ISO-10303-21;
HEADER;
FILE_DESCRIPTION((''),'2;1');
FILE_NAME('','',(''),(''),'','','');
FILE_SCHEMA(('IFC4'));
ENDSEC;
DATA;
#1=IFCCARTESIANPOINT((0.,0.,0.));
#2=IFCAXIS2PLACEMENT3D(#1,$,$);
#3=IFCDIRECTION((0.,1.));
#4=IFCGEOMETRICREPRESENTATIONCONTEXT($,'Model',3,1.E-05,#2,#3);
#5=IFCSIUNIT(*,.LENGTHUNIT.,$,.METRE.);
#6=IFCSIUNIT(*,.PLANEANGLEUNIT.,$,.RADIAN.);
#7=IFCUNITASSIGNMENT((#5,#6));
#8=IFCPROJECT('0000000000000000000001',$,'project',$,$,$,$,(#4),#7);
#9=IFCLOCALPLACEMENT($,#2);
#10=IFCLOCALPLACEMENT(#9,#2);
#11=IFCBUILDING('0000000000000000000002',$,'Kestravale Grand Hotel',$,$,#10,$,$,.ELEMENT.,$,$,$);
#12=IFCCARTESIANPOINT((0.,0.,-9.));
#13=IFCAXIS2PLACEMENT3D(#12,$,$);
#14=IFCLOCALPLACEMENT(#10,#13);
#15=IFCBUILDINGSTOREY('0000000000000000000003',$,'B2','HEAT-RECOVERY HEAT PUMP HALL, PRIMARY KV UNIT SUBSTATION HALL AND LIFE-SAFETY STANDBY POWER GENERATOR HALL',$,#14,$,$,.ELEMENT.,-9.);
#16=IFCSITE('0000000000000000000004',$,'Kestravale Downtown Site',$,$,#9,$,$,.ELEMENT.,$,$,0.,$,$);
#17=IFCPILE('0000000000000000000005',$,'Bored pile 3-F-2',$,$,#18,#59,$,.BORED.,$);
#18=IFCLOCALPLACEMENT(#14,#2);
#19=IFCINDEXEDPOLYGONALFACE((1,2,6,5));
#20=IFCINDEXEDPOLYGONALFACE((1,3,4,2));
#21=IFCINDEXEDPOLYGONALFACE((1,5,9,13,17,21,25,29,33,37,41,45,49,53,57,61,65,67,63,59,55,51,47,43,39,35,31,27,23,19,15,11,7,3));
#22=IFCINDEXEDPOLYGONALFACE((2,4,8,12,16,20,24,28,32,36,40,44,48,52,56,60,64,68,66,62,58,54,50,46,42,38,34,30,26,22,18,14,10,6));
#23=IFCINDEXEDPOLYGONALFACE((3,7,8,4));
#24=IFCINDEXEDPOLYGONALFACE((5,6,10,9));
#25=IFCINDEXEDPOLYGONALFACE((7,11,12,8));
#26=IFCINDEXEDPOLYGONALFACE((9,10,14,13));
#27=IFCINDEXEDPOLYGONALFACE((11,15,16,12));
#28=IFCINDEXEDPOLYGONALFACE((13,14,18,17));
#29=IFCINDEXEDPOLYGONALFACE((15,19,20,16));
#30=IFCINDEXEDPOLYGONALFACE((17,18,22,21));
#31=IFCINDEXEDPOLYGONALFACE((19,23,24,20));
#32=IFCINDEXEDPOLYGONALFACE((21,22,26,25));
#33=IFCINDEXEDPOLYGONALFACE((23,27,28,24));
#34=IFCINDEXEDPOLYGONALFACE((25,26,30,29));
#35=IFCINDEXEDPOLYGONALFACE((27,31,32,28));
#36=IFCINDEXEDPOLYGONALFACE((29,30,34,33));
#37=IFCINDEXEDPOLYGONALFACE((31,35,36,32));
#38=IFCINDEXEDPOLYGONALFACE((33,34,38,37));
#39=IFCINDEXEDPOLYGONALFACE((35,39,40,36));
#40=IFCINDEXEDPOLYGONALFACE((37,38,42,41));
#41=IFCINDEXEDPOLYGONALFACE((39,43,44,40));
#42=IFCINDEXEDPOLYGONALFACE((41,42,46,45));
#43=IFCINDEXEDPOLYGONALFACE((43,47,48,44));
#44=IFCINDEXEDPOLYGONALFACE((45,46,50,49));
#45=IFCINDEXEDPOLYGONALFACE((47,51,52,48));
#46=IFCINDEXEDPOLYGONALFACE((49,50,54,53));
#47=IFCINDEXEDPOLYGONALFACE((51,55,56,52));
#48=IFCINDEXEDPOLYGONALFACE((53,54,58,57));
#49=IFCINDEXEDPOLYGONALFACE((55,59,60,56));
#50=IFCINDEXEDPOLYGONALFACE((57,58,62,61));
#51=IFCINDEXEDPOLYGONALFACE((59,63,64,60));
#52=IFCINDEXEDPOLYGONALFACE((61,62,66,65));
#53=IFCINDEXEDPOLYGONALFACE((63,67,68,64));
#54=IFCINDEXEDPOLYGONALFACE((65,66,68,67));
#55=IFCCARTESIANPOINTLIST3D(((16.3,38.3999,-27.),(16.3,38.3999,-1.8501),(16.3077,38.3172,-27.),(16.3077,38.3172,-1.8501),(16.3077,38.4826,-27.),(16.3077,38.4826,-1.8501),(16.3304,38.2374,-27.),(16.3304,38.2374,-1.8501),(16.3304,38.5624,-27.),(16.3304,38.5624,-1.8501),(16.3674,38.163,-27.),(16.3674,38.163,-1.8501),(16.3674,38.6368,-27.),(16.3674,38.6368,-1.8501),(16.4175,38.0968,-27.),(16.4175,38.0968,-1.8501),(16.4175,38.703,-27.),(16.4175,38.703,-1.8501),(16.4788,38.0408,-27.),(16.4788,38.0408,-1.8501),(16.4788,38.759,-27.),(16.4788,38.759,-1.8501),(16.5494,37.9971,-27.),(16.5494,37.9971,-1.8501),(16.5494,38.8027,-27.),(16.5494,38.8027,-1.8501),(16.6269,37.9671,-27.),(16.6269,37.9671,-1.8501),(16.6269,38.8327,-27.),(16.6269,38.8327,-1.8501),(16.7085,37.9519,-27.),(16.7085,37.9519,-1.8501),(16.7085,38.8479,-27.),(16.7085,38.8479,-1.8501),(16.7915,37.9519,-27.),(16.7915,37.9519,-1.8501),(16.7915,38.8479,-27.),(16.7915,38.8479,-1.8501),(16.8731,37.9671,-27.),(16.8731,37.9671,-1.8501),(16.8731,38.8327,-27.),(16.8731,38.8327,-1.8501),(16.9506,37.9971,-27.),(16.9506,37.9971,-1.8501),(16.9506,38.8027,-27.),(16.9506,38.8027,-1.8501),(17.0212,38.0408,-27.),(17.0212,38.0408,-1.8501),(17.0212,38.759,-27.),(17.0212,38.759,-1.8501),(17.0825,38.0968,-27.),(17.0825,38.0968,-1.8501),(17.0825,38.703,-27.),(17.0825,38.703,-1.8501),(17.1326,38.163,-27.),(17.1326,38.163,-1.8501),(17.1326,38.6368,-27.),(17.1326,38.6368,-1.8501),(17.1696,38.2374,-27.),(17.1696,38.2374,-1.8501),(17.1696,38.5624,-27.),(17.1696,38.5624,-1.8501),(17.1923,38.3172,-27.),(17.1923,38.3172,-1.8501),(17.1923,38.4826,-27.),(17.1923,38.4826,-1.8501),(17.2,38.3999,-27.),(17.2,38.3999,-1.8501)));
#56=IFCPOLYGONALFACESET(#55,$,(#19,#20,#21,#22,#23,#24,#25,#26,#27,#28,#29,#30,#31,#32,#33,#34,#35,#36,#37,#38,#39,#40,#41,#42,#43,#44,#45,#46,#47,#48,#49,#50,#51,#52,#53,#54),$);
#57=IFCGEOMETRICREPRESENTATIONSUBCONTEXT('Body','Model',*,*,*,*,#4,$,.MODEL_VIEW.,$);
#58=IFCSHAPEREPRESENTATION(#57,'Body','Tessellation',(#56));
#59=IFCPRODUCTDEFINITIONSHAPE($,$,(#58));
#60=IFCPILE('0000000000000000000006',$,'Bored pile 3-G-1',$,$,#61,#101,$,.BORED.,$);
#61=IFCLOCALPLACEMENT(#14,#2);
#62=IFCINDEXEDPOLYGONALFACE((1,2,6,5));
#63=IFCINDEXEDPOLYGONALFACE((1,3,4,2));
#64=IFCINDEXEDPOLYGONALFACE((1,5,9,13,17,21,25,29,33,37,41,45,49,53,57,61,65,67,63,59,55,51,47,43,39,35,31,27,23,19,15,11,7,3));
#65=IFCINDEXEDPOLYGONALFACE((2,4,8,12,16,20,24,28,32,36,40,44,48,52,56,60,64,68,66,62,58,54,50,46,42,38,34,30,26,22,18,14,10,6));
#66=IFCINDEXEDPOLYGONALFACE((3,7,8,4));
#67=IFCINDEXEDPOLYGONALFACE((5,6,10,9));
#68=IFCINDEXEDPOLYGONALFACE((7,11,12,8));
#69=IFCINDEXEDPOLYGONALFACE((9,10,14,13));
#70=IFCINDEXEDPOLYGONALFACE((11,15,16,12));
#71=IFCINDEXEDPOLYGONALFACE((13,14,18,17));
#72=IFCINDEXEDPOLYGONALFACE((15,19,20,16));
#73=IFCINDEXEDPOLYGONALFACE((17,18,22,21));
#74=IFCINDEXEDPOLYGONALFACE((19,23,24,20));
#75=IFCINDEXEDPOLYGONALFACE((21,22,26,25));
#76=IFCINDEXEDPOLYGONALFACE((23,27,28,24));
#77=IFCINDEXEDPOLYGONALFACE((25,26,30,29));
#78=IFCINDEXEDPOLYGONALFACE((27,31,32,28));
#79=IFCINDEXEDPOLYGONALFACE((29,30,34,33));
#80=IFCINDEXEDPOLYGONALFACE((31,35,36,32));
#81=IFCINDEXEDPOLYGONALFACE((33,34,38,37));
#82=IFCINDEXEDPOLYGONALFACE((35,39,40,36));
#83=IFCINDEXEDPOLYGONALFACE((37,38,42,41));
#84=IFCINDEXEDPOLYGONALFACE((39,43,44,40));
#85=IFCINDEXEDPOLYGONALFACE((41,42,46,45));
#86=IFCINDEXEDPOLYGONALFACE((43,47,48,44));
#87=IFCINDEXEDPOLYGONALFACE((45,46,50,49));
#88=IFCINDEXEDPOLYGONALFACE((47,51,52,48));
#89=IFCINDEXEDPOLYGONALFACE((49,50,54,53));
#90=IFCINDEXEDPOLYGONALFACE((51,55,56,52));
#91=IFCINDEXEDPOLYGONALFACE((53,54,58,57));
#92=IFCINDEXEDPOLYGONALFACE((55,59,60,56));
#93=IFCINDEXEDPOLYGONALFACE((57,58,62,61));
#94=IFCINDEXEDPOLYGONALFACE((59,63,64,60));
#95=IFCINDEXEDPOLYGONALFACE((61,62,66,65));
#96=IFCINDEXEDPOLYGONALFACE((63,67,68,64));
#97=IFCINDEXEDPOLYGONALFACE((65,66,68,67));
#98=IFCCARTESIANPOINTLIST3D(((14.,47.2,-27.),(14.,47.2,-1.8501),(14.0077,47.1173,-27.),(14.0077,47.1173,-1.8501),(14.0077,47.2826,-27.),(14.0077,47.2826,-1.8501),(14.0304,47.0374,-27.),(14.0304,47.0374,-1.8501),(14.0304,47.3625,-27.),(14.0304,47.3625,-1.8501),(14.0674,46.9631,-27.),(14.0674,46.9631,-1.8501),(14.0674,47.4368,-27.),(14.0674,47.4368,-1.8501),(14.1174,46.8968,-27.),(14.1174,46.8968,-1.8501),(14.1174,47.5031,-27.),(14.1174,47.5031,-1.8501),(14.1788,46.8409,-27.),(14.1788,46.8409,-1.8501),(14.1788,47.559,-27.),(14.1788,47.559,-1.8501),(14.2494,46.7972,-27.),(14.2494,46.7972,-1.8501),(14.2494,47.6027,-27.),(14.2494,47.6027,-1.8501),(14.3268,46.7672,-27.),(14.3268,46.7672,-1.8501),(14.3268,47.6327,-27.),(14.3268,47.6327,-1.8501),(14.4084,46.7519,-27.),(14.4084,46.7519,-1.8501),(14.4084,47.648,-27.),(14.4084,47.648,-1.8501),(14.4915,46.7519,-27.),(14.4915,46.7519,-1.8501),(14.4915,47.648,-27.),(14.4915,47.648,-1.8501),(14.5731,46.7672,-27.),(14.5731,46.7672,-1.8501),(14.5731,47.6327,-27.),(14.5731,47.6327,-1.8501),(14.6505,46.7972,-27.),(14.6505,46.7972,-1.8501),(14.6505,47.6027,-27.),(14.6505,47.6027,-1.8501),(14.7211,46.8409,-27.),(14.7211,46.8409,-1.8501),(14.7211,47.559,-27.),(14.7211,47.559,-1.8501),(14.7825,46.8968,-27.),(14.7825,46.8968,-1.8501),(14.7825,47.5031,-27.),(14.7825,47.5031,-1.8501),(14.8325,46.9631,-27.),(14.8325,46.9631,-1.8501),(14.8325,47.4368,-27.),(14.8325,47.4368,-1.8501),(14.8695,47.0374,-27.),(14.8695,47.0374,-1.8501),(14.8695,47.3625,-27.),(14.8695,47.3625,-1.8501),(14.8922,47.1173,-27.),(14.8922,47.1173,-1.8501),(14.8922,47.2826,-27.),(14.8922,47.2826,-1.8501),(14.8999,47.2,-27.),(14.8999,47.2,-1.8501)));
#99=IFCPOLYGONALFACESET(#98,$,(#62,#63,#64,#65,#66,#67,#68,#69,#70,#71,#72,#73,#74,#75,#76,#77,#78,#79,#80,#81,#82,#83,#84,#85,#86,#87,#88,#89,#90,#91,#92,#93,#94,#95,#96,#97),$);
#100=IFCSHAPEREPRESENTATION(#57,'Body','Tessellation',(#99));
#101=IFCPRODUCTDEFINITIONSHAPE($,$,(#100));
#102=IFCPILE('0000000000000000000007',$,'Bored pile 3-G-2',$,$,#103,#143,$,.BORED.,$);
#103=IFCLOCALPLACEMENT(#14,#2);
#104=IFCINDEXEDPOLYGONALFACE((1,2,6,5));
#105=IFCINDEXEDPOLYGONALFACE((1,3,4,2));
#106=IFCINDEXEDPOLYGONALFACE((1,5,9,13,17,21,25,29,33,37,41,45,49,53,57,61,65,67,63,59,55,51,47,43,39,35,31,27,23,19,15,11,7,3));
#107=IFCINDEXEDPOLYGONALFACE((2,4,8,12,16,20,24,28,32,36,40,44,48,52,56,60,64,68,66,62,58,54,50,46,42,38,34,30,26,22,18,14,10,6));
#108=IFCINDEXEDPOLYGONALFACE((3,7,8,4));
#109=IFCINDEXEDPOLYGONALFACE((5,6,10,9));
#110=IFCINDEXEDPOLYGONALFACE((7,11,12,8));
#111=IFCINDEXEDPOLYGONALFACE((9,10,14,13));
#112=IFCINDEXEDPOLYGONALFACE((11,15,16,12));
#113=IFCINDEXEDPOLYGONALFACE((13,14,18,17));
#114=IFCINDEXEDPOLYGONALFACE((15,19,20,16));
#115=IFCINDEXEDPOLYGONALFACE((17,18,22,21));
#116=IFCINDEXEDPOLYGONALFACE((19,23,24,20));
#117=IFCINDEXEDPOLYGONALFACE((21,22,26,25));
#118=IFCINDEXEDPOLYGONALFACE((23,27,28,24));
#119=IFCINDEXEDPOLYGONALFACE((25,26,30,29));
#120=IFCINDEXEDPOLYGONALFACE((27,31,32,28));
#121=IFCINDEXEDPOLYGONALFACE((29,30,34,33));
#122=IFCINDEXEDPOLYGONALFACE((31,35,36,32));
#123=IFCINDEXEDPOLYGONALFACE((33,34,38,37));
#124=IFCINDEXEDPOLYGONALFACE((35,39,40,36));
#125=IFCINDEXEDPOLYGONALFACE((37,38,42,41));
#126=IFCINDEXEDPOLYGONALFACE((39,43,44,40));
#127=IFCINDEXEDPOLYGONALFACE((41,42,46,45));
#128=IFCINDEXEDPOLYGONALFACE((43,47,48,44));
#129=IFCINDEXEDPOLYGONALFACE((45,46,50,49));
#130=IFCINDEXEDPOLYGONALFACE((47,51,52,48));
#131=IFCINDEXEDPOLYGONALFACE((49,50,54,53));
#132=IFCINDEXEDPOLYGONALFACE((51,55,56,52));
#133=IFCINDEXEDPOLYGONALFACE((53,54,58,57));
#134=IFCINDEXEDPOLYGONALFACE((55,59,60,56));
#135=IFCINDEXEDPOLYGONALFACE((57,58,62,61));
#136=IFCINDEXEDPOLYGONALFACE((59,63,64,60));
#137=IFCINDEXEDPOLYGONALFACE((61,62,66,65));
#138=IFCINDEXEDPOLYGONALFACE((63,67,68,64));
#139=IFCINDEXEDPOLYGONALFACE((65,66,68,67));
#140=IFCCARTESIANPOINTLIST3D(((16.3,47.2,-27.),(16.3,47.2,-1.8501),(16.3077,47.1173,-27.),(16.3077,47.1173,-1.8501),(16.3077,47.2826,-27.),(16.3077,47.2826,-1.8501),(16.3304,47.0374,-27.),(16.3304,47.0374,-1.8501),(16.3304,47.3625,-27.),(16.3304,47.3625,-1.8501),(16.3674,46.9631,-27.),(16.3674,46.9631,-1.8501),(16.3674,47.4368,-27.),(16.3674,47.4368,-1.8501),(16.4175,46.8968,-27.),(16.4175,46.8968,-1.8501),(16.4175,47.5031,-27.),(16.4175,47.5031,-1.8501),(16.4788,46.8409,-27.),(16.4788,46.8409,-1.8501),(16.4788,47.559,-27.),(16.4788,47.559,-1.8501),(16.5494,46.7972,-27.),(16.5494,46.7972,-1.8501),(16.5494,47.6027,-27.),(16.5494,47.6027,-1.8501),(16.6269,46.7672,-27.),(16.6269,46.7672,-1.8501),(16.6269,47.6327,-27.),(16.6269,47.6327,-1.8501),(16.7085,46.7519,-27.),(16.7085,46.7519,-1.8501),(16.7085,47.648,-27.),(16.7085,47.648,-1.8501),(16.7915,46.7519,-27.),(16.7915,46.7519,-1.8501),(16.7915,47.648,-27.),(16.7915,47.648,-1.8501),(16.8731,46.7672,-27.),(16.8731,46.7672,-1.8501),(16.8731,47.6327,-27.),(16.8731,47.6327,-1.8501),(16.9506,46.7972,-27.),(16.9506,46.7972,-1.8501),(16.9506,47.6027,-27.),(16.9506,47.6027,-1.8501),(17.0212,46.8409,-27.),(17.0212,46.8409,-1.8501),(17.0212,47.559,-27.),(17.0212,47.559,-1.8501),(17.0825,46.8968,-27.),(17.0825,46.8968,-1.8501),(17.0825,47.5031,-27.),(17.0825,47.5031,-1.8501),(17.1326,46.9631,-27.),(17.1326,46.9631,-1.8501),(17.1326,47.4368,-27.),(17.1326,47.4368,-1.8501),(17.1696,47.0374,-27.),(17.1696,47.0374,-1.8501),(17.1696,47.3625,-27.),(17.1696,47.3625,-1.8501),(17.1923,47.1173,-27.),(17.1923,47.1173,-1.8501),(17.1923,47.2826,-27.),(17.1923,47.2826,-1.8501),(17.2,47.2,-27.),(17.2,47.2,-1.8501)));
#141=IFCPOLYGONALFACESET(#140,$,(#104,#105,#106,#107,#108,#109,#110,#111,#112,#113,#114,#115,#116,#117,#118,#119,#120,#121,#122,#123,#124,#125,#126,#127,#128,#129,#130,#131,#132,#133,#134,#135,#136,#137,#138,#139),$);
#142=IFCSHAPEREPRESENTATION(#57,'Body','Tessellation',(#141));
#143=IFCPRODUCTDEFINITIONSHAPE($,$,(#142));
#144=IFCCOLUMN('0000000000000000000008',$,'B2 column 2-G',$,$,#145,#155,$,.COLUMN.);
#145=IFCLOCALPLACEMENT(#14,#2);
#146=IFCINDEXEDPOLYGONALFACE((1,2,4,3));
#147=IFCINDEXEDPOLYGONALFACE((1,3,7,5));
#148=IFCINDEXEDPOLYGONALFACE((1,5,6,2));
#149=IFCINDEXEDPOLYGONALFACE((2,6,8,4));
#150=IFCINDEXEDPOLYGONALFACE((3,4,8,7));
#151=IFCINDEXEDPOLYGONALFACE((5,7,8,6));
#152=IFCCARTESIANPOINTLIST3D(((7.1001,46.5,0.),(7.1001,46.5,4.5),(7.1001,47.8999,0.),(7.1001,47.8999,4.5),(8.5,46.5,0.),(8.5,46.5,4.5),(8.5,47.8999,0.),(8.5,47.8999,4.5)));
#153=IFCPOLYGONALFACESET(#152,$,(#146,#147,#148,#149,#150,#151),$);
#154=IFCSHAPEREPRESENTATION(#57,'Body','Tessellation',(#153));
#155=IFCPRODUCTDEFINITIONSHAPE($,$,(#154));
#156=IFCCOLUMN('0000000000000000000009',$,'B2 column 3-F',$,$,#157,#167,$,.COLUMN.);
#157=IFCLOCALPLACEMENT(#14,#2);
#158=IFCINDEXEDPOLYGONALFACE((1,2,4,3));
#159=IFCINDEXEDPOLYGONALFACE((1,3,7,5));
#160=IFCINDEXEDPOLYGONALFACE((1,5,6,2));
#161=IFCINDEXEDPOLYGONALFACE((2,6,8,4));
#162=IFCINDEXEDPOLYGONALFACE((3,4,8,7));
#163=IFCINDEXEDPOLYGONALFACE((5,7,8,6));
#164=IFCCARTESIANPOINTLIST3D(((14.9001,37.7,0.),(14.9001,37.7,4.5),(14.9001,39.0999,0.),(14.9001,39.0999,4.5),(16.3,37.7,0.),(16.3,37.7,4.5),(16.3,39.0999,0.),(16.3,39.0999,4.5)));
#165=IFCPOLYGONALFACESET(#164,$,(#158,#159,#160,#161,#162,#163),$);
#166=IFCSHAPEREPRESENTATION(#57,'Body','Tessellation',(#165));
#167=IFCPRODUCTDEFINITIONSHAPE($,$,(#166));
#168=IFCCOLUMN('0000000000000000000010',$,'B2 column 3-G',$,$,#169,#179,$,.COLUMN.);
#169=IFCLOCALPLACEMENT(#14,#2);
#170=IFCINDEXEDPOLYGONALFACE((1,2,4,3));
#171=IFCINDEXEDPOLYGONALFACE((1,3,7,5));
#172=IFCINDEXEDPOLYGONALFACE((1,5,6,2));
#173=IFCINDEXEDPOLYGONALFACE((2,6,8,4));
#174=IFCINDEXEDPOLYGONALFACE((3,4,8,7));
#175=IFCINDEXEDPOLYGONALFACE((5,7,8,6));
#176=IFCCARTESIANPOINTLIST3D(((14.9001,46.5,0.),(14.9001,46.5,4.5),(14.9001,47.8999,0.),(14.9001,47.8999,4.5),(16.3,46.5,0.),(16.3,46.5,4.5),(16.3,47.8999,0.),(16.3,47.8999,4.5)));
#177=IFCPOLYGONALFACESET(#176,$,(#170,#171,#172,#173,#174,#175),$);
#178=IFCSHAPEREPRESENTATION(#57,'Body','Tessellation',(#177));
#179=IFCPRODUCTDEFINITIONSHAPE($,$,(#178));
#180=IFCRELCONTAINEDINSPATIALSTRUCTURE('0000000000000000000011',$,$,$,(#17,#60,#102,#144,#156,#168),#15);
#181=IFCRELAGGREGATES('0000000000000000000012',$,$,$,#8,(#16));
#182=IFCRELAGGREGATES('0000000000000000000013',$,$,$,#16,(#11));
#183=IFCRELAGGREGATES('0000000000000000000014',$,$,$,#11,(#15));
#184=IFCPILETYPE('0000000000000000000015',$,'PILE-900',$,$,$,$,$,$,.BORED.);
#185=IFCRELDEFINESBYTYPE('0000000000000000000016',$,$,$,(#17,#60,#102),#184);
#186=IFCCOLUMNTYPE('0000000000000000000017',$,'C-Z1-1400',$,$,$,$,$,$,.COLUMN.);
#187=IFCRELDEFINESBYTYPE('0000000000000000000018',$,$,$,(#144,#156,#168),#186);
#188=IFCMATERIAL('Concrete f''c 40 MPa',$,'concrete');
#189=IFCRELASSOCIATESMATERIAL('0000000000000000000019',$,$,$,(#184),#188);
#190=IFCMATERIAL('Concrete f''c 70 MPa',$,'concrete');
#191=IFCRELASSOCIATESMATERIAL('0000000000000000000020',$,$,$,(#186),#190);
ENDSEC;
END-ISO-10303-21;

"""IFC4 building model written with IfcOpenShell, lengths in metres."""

from ifc_helpers import new_model, si_unit, direction, frame, origin, origin_2d, place, context, subcontext, project, spatial, rectangle, circle, extrude, material, material_profile, profile_set, type_object, element, save


model = new_model("IFC4")

# Units and contexts
model_context = context("Model", 3, precision=1e-05, world=origin(), true_north=direction((0.0, 1.0)))
body_context = subcontext(model_context, "Body", "Model", "MODEL_VIEW")
ifc_project = project(units=[si_unit("LENGTHUNIT", "METRE"), si_unit("PLANEANGLEUNIT", "RADIAN")], contexts=[model_context])

# Site, building, storey
site_placement = place(None, origin())
site = spatial("IfcSite", under=ifc_project, at=site_placement, Name="Kestravale Downtown Site", CompositionType="ELEMENT", RefElevation=0.0)
building_placement = place(site_placement, origin())
building = spatial("IfcBuilding", under=site, at=building_placement, Name="Kestravale Grand Hotel", CompositionType="ELEMENT")
storey_placement = place(building_placement, frame((0.0, 0.0, -9.0)))
storey = spatial("IfcBuildingStorey", under=building, at=storey_placement, Name="B2", Description="HEAT-RECOVERY HEAT PUMP HALL, PRIMARY KV UNIT SUBSTATION HALL AND LIFE-SAFETY STANDBY POWER GENERATOR HALL", CompositionType="ELEMENT", Elevation=-9.0)

# Piles
ifc_material_1 = material(Name="Concrete f'c 40 MPa", Category="concrete")
ifc_material_profile_1 = material_profile(ifc_material_1, circle(Radius=0.45, at=origin_2d()))
ifc_profile_set_1 = profile_set([ifc_material_profile_1], Name="Concrete f'c 40 MPa")
pile_type = type_object("IfcPileType", Name="PILE-900", PredefinedType="BORED", material=ifc_profile_set_1)
for number, where, z_axis, x_axis, name in (
    (1, (16.75, 38.3999, -1.8501), (0.0, 0.0, -1.0), (1.0, 0.0, 0.0), "Bored pile 3-F-2"),
    (2, (14.45, 47.2, -1.8501), (0.0, 0.0, -1.0), (1.0, 0.0, 0.0), "Bored pile 3-G-1"),
    (3, (16.75, 47.2, -1.8501), (0.0, 0.0, -1.0), (1.0, 0.0, 0.0), "Bored pile 3-G-2"),
):
    element("IfcPile", number, at=place(storey_placement, frame(where, z_axis=z_axis, x_axis=x_axis)), inside=storey, type_object=pile_type, Name=name, PredefinedType="BORED", context=body_context, shape_type="SweptSolid", body=[
        extrude(circle(Radius=0.45, at=origin_2d()), origin(), (0.0, 0.0, 1.0), 25.1499),
    ])

# Columns
ifc_material_2 = material(Name="Concrete f'c 70 MPa", Category="concrete")
ifc_material_profile_2 = material_profile(ifc_material_2, rectangle(XDim=1.3999, YDim=1.3999, at=origin_2d()))
ifc_profile_set_2 = profile_set([ifc_material_profile_2], Name="Concrete f'c 70 MPa")
column_type = type_object("IfcColumnType", Name="C-Z1-1400", PredefinedType="COLUMN", material=ifc_profile_set_2)
for number, where, z_axis, x_axis, name in (
    (4, (7.8, 47.2, 0.0), (0.0, 0.0, 1.0), (1.0, 0.0, 0.0), "B2 column 2-G"),
    (5, (15.6001, 38.3999, 0.0), (0.0, 0.0, 1.0), (1.0, 0.0, 0.0), "B2 column 3-F"),
    (6, (15.6001, 47.2, 0.0), (0.0, 0.0, 1.0), (1.0, 0.0, 0.0), "B2 column 3-G"),
):
    element("IfcColumn", number, at=place(storey_placement, frame(where, z_axis=z_axis, x_axis=x_axis)), inside=storey, type_object=column_type, Name=name, PredefinedType="COLUMN", context=body_context, shape_type="SweptSolid", body=[
        extrude(rectangle(XDim=1.3999, YDim=1.3999, at=origin_2d()), origin(), (0.0, 0.0, 1.0), 4.5),
    ])

save(model, "model.ifc")
